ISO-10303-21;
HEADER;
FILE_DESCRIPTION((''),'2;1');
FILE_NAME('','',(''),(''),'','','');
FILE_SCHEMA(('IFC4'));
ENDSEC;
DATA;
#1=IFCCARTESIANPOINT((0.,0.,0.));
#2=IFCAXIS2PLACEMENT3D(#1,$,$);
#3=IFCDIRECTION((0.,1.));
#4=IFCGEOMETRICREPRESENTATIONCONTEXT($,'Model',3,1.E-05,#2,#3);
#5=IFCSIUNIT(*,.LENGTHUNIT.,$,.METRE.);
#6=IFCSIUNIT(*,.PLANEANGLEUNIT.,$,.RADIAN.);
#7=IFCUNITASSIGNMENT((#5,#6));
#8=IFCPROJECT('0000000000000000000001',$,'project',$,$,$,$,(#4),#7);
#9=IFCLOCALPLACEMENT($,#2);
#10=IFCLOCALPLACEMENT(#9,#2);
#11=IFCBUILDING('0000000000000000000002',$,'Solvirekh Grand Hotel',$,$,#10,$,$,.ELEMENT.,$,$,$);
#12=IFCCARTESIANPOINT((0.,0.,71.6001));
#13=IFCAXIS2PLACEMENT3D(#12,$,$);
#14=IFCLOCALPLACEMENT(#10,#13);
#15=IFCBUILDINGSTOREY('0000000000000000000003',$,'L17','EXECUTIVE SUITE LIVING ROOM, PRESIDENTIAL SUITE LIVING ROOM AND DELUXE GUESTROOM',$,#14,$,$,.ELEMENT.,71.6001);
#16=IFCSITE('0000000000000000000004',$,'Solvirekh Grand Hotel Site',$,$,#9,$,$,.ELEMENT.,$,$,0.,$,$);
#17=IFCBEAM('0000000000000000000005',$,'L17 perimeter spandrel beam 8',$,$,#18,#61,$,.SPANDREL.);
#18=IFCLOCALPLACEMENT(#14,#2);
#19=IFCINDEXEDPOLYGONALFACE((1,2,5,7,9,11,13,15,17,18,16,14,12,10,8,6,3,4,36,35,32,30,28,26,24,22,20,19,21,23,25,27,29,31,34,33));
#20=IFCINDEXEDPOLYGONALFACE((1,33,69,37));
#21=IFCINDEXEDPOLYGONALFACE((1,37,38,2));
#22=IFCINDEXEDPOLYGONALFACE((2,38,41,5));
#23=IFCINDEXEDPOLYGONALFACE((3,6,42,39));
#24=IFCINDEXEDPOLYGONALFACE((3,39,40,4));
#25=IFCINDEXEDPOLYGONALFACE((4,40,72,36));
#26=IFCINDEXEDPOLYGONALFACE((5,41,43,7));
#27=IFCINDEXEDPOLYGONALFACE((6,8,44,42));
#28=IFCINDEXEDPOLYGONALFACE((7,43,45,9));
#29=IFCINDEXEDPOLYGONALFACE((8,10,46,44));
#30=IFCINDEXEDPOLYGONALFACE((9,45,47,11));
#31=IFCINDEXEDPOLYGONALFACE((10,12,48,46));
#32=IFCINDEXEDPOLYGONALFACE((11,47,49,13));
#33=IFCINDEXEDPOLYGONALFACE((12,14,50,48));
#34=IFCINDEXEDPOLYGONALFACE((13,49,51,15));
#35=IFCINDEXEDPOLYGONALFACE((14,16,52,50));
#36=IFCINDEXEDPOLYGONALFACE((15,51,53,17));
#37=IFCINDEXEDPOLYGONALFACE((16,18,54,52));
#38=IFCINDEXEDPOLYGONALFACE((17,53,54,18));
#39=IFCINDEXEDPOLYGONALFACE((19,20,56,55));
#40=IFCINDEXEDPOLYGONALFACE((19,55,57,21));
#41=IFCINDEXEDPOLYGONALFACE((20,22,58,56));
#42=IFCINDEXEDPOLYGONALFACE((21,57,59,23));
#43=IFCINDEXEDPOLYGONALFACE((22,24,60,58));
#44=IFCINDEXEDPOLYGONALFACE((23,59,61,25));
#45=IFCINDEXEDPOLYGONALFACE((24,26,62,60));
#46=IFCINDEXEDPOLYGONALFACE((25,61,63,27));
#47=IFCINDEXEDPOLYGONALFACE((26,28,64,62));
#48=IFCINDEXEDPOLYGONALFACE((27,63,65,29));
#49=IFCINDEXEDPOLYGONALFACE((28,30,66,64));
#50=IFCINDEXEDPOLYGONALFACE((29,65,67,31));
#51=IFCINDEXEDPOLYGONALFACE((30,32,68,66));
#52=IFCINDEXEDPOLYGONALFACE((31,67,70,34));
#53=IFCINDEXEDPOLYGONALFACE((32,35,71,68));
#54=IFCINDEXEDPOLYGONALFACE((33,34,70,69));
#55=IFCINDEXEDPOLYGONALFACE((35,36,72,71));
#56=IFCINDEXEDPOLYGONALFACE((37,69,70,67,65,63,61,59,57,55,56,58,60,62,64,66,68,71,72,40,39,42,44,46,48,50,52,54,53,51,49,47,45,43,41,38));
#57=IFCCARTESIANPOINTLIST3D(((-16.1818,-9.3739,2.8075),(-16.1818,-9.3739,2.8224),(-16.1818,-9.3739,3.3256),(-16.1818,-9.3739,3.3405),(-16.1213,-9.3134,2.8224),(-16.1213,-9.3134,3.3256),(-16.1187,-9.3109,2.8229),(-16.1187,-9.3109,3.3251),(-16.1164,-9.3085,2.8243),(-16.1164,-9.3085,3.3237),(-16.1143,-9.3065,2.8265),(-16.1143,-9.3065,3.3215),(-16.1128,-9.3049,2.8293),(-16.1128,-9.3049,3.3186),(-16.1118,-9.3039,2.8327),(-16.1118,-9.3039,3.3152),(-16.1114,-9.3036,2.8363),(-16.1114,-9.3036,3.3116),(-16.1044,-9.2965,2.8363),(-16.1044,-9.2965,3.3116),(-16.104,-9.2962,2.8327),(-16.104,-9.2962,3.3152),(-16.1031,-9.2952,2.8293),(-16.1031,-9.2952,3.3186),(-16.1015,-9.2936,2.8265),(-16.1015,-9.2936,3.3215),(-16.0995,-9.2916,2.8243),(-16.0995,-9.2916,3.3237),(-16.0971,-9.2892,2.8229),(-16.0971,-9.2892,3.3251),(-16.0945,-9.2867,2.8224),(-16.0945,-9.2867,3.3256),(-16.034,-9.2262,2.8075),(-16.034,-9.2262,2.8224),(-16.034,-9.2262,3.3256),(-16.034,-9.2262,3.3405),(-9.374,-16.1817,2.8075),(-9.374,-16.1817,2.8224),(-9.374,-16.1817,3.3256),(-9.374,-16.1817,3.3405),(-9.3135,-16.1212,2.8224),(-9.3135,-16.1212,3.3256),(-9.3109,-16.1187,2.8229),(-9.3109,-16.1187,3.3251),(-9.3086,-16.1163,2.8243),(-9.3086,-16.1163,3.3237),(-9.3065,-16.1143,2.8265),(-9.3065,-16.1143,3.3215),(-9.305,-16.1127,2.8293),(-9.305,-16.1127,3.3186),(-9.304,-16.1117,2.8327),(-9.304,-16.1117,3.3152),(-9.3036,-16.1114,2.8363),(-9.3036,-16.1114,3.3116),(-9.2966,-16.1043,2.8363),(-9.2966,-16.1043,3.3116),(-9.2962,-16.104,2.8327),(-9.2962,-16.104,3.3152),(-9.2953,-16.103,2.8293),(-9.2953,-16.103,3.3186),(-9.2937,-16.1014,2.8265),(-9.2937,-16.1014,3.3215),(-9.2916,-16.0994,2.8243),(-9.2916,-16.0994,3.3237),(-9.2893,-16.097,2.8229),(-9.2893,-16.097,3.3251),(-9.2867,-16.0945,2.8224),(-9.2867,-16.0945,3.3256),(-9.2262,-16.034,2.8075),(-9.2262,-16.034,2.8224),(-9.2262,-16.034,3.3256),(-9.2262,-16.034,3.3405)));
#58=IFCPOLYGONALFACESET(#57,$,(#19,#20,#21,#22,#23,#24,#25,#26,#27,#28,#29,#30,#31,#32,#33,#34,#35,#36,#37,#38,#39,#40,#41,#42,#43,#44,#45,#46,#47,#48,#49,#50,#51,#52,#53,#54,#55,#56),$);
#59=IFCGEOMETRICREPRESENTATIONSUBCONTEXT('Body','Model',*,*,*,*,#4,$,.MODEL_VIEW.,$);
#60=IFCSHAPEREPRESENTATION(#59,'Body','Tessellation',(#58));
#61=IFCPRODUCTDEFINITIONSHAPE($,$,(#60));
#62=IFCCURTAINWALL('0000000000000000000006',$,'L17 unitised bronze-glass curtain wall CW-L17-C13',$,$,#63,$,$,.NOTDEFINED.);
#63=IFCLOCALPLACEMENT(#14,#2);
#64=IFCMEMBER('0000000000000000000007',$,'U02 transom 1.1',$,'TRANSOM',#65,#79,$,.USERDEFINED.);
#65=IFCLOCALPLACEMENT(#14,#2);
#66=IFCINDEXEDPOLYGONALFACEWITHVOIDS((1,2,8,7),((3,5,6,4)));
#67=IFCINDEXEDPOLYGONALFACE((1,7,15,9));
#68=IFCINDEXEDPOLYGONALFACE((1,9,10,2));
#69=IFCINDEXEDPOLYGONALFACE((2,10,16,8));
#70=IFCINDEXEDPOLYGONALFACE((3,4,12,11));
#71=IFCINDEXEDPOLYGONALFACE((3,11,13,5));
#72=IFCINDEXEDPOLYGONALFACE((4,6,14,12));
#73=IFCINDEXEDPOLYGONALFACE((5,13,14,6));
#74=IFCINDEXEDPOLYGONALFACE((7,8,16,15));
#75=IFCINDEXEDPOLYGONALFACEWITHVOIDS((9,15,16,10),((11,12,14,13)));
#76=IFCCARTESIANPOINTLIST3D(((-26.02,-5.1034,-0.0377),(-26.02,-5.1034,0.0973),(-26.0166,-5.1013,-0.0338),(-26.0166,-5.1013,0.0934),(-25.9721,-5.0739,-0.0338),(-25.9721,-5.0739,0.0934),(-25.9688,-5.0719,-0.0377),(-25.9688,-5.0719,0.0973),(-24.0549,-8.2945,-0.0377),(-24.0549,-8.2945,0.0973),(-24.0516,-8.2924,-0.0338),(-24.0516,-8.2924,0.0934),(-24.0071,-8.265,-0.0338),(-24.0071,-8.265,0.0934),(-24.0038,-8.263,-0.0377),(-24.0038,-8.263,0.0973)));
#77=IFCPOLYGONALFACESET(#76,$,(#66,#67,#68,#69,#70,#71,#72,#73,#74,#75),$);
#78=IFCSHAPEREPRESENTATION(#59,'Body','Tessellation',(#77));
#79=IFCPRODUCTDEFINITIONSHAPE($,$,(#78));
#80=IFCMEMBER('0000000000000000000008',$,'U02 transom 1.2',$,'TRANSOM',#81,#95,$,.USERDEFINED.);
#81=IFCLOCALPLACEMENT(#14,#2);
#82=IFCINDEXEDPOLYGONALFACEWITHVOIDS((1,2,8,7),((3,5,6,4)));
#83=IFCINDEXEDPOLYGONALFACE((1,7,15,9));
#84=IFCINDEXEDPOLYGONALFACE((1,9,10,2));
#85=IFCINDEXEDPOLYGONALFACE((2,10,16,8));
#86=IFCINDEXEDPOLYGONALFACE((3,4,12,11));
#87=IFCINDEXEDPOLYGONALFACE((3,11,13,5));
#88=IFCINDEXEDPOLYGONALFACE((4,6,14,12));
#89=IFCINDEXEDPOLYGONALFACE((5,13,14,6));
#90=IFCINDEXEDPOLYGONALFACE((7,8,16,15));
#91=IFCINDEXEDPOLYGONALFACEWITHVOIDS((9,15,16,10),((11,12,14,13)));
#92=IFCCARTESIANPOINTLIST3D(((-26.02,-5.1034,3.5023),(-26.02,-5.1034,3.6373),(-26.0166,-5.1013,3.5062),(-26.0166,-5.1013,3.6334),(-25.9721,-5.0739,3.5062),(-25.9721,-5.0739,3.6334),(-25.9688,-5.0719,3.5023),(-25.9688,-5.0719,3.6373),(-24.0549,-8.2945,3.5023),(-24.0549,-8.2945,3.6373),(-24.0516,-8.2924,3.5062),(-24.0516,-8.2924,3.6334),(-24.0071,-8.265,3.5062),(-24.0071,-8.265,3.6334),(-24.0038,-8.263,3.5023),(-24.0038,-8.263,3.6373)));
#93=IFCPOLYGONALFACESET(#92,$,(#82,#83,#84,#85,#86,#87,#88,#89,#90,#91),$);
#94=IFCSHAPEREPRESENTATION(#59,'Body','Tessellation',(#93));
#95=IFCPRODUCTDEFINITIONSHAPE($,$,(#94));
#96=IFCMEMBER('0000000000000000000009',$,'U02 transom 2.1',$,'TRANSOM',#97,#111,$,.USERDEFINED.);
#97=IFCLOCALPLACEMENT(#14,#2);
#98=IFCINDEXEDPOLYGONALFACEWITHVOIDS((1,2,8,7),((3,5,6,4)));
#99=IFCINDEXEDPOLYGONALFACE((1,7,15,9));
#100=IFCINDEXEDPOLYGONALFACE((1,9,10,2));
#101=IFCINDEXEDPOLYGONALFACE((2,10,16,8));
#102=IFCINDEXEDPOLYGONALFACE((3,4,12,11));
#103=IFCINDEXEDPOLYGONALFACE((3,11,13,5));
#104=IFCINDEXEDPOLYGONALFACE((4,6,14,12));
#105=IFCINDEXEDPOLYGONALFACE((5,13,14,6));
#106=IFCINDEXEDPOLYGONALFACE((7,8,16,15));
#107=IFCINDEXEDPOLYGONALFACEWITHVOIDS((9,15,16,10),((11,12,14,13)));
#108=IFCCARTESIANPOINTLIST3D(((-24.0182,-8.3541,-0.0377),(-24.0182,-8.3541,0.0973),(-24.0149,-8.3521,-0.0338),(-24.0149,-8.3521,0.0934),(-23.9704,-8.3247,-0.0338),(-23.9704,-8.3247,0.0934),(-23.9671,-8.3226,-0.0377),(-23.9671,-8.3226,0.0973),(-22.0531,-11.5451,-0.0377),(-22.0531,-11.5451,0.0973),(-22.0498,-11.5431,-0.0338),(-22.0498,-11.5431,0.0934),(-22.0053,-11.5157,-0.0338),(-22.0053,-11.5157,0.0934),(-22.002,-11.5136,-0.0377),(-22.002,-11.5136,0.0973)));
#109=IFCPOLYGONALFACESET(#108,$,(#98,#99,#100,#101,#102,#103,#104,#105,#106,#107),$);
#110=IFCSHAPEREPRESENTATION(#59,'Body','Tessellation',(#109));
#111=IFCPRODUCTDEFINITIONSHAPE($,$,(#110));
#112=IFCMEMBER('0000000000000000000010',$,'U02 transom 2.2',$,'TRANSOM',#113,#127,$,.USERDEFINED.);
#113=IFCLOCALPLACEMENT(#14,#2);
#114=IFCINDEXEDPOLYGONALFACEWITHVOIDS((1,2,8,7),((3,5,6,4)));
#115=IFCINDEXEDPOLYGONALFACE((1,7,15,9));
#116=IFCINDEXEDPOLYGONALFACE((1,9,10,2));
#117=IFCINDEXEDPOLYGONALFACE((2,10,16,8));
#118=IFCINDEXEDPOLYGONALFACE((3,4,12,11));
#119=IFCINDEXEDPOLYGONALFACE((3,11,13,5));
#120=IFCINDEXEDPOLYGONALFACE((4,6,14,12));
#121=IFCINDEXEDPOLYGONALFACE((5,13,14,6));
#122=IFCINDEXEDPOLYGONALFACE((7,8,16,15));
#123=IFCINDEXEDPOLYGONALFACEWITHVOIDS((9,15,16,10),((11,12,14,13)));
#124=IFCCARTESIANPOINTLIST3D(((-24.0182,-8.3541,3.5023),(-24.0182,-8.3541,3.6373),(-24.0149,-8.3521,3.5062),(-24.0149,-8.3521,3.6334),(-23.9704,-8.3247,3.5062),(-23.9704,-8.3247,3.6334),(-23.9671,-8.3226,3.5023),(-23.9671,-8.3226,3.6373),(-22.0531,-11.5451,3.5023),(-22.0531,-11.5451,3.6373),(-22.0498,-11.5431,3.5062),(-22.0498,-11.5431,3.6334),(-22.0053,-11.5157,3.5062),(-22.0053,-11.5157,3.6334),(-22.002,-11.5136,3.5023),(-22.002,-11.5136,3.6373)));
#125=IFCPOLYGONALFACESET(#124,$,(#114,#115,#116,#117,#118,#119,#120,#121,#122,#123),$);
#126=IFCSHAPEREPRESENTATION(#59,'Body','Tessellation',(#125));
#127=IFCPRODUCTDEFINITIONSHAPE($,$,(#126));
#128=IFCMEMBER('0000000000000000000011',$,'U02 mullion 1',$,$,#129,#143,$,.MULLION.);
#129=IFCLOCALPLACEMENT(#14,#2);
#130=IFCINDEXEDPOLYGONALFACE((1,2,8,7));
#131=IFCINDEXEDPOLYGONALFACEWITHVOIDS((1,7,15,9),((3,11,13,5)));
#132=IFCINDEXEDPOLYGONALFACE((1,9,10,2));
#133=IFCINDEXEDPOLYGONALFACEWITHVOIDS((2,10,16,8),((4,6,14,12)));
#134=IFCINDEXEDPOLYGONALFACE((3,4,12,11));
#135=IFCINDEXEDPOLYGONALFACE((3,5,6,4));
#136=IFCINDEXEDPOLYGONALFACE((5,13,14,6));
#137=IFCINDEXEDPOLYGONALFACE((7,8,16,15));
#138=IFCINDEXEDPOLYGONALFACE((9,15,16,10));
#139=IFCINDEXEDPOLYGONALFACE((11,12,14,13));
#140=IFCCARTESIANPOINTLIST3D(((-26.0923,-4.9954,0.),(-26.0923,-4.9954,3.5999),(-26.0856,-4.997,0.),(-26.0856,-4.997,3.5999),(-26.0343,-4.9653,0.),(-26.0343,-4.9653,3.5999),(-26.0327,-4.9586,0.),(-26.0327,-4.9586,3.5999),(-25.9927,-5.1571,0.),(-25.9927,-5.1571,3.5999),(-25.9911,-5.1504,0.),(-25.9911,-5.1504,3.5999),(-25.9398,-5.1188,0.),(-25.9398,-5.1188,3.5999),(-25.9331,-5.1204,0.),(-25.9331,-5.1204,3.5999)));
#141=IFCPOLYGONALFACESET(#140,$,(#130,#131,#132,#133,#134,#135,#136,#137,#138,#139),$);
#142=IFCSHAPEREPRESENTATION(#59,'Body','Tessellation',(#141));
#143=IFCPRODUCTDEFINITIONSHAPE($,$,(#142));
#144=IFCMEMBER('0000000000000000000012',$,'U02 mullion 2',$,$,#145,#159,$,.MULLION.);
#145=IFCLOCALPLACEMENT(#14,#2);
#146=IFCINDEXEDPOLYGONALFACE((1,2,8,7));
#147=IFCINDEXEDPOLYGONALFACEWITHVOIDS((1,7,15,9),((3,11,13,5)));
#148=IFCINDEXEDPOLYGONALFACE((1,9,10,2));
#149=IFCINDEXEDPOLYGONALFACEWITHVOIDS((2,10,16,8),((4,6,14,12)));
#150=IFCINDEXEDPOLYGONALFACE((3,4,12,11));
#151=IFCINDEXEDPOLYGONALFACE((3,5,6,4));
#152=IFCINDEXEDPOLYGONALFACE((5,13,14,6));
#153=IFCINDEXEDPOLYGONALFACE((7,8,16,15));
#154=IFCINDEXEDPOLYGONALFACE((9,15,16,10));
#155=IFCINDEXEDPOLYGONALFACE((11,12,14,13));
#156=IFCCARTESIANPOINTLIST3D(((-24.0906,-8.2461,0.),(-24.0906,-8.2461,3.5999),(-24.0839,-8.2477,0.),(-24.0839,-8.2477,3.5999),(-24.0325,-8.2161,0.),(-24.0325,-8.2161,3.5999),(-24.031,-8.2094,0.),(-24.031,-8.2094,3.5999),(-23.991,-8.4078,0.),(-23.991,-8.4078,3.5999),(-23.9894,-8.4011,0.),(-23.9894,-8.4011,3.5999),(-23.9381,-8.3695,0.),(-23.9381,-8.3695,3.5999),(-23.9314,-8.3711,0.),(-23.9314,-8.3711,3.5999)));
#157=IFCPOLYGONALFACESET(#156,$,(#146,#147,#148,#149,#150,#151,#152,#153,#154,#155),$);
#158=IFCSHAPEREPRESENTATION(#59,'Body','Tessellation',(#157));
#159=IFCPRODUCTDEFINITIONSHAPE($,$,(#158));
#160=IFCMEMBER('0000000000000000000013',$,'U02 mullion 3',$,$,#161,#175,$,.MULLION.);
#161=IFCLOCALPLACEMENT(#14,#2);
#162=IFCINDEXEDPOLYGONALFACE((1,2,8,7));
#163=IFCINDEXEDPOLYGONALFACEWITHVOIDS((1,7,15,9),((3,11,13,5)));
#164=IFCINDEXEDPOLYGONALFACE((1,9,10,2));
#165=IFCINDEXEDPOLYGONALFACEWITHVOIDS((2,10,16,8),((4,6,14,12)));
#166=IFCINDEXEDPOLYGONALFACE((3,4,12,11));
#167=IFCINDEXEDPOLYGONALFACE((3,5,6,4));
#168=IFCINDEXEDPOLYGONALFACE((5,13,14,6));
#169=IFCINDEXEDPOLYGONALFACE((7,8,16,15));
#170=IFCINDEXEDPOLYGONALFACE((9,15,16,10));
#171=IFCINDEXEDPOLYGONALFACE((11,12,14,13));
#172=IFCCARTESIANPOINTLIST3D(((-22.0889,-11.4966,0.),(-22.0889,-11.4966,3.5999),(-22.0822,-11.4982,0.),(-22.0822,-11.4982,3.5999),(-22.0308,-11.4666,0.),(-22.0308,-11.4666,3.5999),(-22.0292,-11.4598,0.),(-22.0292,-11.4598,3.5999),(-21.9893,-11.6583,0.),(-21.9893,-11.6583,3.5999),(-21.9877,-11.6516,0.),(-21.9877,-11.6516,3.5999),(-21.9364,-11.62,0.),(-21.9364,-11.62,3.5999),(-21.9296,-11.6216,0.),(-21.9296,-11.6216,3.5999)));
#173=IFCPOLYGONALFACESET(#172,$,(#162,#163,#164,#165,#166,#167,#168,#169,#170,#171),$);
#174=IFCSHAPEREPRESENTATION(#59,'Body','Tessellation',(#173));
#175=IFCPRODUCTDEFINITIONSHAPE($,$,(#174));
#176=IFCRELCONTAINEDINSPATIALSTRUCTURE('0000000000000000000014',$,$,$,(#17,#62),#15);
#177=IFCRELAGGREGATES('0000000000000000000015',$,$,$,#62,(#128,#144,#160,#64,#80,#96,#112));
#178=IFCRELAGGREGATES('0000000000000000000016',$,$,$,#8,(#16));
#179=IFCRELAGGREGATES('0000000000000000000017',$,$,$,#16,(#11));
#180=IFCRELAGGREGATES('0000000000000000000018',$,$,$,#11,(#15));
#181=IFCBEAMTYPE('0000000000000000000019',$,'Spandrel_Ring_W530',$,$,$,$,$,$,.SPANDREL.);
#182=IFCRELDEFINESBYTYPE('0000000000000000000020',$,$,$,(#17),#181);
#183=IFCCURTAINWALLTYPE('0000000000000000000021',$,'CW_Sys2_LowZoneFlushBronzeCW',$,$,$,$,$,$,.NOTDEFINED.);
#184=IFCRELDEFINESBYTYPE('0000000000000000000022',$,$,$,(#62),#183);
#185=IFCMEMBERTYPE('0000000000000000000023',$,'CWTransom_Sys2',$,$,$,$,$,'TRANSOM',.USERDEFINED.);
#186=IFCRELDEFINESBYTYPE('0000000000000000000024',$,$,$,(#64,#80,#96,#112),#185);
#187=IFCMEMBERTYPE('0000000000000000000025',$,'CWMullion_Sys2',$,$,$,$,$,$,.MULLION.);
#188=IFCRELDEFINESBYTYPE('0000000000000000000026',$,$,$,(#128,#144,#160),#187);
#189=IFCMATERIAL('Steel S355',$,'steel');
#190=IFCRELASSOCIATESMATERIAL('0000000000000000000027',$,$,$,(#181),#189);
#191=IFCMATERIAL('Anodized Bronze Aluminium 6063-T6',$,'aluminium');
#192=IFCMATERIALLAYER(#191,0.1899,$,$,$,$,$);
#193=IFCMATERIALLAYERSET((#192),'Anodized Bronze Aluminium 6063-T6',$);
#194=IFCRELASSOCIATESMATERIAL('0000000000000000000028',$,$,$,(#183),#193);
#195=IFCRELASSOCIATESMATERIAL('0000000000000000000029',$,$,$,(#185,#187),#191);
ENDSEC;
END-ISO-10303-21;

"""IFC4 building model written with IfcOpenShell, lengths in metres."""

from ifc_helpers import new_model, si_unit, direction, frame, origin, origin_2d, place, context, subcontext, project, spatial, hollow_rectangle, i_section, extrude, source, transform, mapped, material, layer, layer_set, material_profile, profile_set, type_object, element, aggregate, save


model = new_model("IFC4")

# Units and contexts
model_context = context("Model", 3, precision=1e-05, world=origin(), true_north=direction((0.0, 1.0)))
body_context = subcontext(model_context, "Body", "Model", "MODEL_VIEW")
ifc_project = project(units=[si_unit("LENGTHUNIT", "METRE"), si_unit("PLANEANGLEUNIT", "RADIAN")], contexts=[model_context])

# Site, building, storey
site_placement = place(None, origin())
site = spatial("IfcSite", under=ifc_project, at=site_placement, Name="Solvirekh Grand Hotel Site", CompositionType="ELEMENT", RefElevation=0.0)
building_placement = place(site_placement, origin())
building = spatial("IfcBuilding", under=site, at=building_placement, Name="Solvirekh Grand Hotel", CompositionType="ELEMENT")
storey_placement = place(building_placement, frame((0.0, 0.0, 71.6001)))
storey = spatial("IfcBuildingStorey", under=building, at=storey_placement, Name="L17", Description="EXECUTIVE SUITE LIVING ROOM, PRESIDENTIAL SUITE LIVING ROOM AND DELUXE GUESTROOM", CompositionType="ELEMENT", Elevation=71.6001)

# Beam
ifc_material_1 = material(Name="Steel S355", Category="steel")
ifc_material_profile_1 = material_profile(ifc_material_1, i_section(OverallWidth=0.209, OverallDepth=0.533, WebThickness=0.01, FlangeThickness=0.0149, FilletRadius=0.0139, at=origin_2d()), Name="W530X92")
ifc_profile_set_1 = profile_set([ifc_material_profile_1], Name="Steel S355")
beam_type_1 = type_object("IfcBeamType", Name="Spandrel_Ring_W530", PredefinedType="SPANDREL", material=ifc_profile_set_1)
beam_1_placement = place(storey_placement, frame((-16.1079, -9.3, 3.074), z_axis=(0.707107, -0.707107, 0.0), x_axis=(0.707107, 0.707107, 0.0)))
element("IfcBeam", 1, at=beam_1_placement, inside=storey, type_object=beam_type_1, Name="L17 perimeter spandrel beam 8", PredefinedType="SPANDREL", context=body_context, shape_type="SweptSolid", body=[
    extrude(i_section(OverallWidth=0.209, OverallDepth=0.533, WebThickness=0.01, FlangeThickness=0.0149, FilletRadius=0.0139, at=origin_2d()), origin(), (0.0, 0.0, 1.0), 9.6277),
])

# Curtain wall, members
ifc_material_2 = material(Name="Anodized Bronze Aluminium 6063-T6", Category="aluminium")
ifc_layer_1 = layer(ifc_material_2, 0.1899)
ifc_layer_set_1 = layer_set([ifc_layer_1], Name="Anodized Bronze Aluminium 6063-T6")
curtain_wall_type = type_object("IfcCurtainWallType", Name="CW_Sys2_LowZoneFlushBronzeCW", PredefinedType="NOTDEFINED", material=ifc_layer_set_1)
curtain_wall_1_placement = place(storey_placement, origin())
curtain_wall_1 = element("IfcCurtainWall", 2, at=curtain_wall_1_placement, inside=storey, type_object=curtain_wall_type, Name="L17 unitised bronze-glass curtain wall CW-L17-C13", PredefinedType="NOTDEFINED")
ifc_material_profile_2 = material_profile(ifc_material_2, hollow_rectangle(XDim=0.0601, YDim=0.135, WallThickness=0.0039, at=origin_2d()), Name="ALU RHS 135X60X4")
ifc_profile_set_2 = profile_set([ifc_material_profile_2], Name="Anodized Bronze Aluminium 6063-T6")
member_type_1 = type_object("IfcMemberType", Name="CWTransom_Sys2", ElementType="TRANSOM", PredefinedType="USERDEFINED", material=ifc_profile_set_2)
shared_shape_1 = source(origin(), body_context, "Body", "SweptSolid", [
    extrude(hollow_rectangle(XDim=0.0601, YDim=0.135, WallThickness=0.0039, at=origin_2d()), origin(), (0.0, 0.0, 1.0), 3.7476),
])
member_1_placement = place(storey_placement, frame((-25.9944, -5.0876, 0.0298), z_axis=(0.524348, -0.851504, 0.0), x_axis=(0.851504, 0.524348, 0.0)))
member_1 = element("IfcMember", 3, at=member_1_placement, type_object=member_type_1, Name="U02 transom 1.1", ObjectType="TRANSOM", PredefinedType="USERDEFINED", context=body_context, shape_type="MappedRepresentation", body=[
    mapped(shared_shape_1, transform((0.0, 0.0, 0.0), x_axis=(1.0, 0.0, 0.0), y_axis=(0.0, 1.0, 0.0), z_axis=(0.0, 0.0, 1.0), scale=1.0)),
])
member_2_placement = place(storey_placement, frame((-25.9944, -5.0876, 3.5698), z_axis=(0.524348, -0.851504, 0.0), x_axis=(0.851504, 0.524348, 0.0)))
member_2 = element("IfcMember", 4, at=member_2_placement, type_object=member_type_1, Name="U02 transom 1.2", ObjectType="TRANSOM", PredefinedType="USERDEFINED", context=body_context, shape_type="MappedRepresentation", body=[
    mapped(shared_shape_1, transform((0.0, 0.0, 0.0), x_axis=(1.0, 0.0, 0.0), y_axis=(0.0, 1.0, 0.0), z_axis=(0.0, 0.0, 1.0), scale=1.0)),
])
member_3_placement = place(storey_placement, frame((-23.9927, -8.3384, 0.0298), z_axis=(0.524377, -0.851486, 0.0), x_axis=(0.851486, 0.524377, 0.0)))
member_3 = element("IfcMember", 5, at=member_3_placement, type_object=member_type_1, Name="U02 transom 2.1", ObjectType="TRANSOM", PredefinedType="USERDEFINED", context=body_context, shape_type="MappedRepresentation", body=[
    mapped(shared_shape_1, transform((0.0, 0.0, 0.0), x_axis=(1.0, 0.0, 0.0), y_axis=(0.0, 1.0, 0.0), z_axis=(0.0, 0.0, 1.0), scale=1.0)),
])
member_4_placement = place(storey_placement, frame((-23.9927, -8.3384, 3.5698), z_axis=(0.524377, -0.851486, 0.0), x_axis=(0.851486, 0.524377, 0.0)))
member_4 = element("IfcMember", 6, at=member_4_placement, type_object=member_type_1, Name="U02 transom 2.2", ObjectType="TRANSOM", PredefinedType="USERDEFINED", context=body_context, shape_type="MappedRepresentation", body=[
    mapped(shared_shape_1, transform((0.0, 0.0, 0.0), x_axis=(1.0, 0.0, 0.0), y_axis=(0.0, 1.0, 0.0), z_axis=(0.0, 0.0, 1.0), scale=1.0)),
])
ifc_material_profile_3 = material_profile(ifc_material_2, hollow_rectangle(XDim=0.0701, YDim=0.1899, WallThickness=0.0049, at=origin_2d()), Name="ALU RHS 190X70X5")
ifc_profile_set_3 = profile_set([ifc_material_profile_3], Name="Anodized Bronze Aluminium 6063-T6")
member_type_2 = type_object("IfcMemberType", Name="CWMullion_Sys2", PredefinedType="MULLION", material=ifc_profile_set_3)
shared_shape_2 = source(origin(), body_context, "Body", "SweptSolid", [
    extrude(hollow_rectangle(XDim=0.0701, YDim=0.1899, WallThickness=0.0049, at=origin_2d()), origin(), (0.0, 0.0, 1.0), 3.5999),
])
member_5_placement = place(storey_placement, frame((-26.0127, -5.0579, 0.0), z_axis=(0.0, 0.0, 1.0), x_axis=(0.851516, 0.524329, 0.0)))
member_5 = element("IfcMember", 7, at=member_5_placement, type_object=member_type_2, Name="U02 mullion 1", PredefinedType="MULLION", context=body_context, shape_type="MappedRepresentation", body=[
    mapped(shared_shape_2, transform((0.0, 0.0, 0.0), x_axis=(1.0, 0.0, 0.0), y_axis=(0.0, 1.0, 0.0), z_axis=(0.0, 0.0, 1.0), scale=1.0)),
])
member_6_placement = place(storey_placement, frame((-24.011, -8.3086, 0.0), z_axis=(0.0, 0.0, 1.0), x_axis=(0.851516, 0.524329, 0.0)))
member_6 = element("IfcMember", 8, at=member_6_placement, type_object=member_type_2, Name="U02 mullion 2", PredefinedType="MULLION", context=body_context, shape_type="MappedRepresentation", body=[
    mapped(shared_shape_2, transform((0.0, 0.0, 0.0), x_axis=(1.0, 0.0, 0.0), y_axis=(0.0, 1.0, 0.0), z_axis=(0.0, 0.0, 1.0), scale=1.0)),
])
member_7_placement = place(storey_placement, frame((-22.0093, -11.5591, 0.0), z_axis=(0.0, 0.0, 1.0), x_axis=(0.851516, 0.524329, 0.0)))
member_7 = element("IfcMember", 9, at=member_7_placement, type_object=member_type_2, Name="U02 mullion 3", PredefinedType="MULLION", context=body_context, shape_type="MappedRepresentation", body=[
    mapped(shared_shape_2, transform((0.0, 0.0, 0.0), x_axis=(1.0, 0.0, 0.0), y_axis=(0.0, 1.0, 0.0), z_axis=(0.0, 0.0, 1.0), scale=1.0)),
])

aggregate(curtain_wall_1, [member_5, member_6, member_7, member_1, member_2, member_3, member_4])

save(model, "model.ifc")
